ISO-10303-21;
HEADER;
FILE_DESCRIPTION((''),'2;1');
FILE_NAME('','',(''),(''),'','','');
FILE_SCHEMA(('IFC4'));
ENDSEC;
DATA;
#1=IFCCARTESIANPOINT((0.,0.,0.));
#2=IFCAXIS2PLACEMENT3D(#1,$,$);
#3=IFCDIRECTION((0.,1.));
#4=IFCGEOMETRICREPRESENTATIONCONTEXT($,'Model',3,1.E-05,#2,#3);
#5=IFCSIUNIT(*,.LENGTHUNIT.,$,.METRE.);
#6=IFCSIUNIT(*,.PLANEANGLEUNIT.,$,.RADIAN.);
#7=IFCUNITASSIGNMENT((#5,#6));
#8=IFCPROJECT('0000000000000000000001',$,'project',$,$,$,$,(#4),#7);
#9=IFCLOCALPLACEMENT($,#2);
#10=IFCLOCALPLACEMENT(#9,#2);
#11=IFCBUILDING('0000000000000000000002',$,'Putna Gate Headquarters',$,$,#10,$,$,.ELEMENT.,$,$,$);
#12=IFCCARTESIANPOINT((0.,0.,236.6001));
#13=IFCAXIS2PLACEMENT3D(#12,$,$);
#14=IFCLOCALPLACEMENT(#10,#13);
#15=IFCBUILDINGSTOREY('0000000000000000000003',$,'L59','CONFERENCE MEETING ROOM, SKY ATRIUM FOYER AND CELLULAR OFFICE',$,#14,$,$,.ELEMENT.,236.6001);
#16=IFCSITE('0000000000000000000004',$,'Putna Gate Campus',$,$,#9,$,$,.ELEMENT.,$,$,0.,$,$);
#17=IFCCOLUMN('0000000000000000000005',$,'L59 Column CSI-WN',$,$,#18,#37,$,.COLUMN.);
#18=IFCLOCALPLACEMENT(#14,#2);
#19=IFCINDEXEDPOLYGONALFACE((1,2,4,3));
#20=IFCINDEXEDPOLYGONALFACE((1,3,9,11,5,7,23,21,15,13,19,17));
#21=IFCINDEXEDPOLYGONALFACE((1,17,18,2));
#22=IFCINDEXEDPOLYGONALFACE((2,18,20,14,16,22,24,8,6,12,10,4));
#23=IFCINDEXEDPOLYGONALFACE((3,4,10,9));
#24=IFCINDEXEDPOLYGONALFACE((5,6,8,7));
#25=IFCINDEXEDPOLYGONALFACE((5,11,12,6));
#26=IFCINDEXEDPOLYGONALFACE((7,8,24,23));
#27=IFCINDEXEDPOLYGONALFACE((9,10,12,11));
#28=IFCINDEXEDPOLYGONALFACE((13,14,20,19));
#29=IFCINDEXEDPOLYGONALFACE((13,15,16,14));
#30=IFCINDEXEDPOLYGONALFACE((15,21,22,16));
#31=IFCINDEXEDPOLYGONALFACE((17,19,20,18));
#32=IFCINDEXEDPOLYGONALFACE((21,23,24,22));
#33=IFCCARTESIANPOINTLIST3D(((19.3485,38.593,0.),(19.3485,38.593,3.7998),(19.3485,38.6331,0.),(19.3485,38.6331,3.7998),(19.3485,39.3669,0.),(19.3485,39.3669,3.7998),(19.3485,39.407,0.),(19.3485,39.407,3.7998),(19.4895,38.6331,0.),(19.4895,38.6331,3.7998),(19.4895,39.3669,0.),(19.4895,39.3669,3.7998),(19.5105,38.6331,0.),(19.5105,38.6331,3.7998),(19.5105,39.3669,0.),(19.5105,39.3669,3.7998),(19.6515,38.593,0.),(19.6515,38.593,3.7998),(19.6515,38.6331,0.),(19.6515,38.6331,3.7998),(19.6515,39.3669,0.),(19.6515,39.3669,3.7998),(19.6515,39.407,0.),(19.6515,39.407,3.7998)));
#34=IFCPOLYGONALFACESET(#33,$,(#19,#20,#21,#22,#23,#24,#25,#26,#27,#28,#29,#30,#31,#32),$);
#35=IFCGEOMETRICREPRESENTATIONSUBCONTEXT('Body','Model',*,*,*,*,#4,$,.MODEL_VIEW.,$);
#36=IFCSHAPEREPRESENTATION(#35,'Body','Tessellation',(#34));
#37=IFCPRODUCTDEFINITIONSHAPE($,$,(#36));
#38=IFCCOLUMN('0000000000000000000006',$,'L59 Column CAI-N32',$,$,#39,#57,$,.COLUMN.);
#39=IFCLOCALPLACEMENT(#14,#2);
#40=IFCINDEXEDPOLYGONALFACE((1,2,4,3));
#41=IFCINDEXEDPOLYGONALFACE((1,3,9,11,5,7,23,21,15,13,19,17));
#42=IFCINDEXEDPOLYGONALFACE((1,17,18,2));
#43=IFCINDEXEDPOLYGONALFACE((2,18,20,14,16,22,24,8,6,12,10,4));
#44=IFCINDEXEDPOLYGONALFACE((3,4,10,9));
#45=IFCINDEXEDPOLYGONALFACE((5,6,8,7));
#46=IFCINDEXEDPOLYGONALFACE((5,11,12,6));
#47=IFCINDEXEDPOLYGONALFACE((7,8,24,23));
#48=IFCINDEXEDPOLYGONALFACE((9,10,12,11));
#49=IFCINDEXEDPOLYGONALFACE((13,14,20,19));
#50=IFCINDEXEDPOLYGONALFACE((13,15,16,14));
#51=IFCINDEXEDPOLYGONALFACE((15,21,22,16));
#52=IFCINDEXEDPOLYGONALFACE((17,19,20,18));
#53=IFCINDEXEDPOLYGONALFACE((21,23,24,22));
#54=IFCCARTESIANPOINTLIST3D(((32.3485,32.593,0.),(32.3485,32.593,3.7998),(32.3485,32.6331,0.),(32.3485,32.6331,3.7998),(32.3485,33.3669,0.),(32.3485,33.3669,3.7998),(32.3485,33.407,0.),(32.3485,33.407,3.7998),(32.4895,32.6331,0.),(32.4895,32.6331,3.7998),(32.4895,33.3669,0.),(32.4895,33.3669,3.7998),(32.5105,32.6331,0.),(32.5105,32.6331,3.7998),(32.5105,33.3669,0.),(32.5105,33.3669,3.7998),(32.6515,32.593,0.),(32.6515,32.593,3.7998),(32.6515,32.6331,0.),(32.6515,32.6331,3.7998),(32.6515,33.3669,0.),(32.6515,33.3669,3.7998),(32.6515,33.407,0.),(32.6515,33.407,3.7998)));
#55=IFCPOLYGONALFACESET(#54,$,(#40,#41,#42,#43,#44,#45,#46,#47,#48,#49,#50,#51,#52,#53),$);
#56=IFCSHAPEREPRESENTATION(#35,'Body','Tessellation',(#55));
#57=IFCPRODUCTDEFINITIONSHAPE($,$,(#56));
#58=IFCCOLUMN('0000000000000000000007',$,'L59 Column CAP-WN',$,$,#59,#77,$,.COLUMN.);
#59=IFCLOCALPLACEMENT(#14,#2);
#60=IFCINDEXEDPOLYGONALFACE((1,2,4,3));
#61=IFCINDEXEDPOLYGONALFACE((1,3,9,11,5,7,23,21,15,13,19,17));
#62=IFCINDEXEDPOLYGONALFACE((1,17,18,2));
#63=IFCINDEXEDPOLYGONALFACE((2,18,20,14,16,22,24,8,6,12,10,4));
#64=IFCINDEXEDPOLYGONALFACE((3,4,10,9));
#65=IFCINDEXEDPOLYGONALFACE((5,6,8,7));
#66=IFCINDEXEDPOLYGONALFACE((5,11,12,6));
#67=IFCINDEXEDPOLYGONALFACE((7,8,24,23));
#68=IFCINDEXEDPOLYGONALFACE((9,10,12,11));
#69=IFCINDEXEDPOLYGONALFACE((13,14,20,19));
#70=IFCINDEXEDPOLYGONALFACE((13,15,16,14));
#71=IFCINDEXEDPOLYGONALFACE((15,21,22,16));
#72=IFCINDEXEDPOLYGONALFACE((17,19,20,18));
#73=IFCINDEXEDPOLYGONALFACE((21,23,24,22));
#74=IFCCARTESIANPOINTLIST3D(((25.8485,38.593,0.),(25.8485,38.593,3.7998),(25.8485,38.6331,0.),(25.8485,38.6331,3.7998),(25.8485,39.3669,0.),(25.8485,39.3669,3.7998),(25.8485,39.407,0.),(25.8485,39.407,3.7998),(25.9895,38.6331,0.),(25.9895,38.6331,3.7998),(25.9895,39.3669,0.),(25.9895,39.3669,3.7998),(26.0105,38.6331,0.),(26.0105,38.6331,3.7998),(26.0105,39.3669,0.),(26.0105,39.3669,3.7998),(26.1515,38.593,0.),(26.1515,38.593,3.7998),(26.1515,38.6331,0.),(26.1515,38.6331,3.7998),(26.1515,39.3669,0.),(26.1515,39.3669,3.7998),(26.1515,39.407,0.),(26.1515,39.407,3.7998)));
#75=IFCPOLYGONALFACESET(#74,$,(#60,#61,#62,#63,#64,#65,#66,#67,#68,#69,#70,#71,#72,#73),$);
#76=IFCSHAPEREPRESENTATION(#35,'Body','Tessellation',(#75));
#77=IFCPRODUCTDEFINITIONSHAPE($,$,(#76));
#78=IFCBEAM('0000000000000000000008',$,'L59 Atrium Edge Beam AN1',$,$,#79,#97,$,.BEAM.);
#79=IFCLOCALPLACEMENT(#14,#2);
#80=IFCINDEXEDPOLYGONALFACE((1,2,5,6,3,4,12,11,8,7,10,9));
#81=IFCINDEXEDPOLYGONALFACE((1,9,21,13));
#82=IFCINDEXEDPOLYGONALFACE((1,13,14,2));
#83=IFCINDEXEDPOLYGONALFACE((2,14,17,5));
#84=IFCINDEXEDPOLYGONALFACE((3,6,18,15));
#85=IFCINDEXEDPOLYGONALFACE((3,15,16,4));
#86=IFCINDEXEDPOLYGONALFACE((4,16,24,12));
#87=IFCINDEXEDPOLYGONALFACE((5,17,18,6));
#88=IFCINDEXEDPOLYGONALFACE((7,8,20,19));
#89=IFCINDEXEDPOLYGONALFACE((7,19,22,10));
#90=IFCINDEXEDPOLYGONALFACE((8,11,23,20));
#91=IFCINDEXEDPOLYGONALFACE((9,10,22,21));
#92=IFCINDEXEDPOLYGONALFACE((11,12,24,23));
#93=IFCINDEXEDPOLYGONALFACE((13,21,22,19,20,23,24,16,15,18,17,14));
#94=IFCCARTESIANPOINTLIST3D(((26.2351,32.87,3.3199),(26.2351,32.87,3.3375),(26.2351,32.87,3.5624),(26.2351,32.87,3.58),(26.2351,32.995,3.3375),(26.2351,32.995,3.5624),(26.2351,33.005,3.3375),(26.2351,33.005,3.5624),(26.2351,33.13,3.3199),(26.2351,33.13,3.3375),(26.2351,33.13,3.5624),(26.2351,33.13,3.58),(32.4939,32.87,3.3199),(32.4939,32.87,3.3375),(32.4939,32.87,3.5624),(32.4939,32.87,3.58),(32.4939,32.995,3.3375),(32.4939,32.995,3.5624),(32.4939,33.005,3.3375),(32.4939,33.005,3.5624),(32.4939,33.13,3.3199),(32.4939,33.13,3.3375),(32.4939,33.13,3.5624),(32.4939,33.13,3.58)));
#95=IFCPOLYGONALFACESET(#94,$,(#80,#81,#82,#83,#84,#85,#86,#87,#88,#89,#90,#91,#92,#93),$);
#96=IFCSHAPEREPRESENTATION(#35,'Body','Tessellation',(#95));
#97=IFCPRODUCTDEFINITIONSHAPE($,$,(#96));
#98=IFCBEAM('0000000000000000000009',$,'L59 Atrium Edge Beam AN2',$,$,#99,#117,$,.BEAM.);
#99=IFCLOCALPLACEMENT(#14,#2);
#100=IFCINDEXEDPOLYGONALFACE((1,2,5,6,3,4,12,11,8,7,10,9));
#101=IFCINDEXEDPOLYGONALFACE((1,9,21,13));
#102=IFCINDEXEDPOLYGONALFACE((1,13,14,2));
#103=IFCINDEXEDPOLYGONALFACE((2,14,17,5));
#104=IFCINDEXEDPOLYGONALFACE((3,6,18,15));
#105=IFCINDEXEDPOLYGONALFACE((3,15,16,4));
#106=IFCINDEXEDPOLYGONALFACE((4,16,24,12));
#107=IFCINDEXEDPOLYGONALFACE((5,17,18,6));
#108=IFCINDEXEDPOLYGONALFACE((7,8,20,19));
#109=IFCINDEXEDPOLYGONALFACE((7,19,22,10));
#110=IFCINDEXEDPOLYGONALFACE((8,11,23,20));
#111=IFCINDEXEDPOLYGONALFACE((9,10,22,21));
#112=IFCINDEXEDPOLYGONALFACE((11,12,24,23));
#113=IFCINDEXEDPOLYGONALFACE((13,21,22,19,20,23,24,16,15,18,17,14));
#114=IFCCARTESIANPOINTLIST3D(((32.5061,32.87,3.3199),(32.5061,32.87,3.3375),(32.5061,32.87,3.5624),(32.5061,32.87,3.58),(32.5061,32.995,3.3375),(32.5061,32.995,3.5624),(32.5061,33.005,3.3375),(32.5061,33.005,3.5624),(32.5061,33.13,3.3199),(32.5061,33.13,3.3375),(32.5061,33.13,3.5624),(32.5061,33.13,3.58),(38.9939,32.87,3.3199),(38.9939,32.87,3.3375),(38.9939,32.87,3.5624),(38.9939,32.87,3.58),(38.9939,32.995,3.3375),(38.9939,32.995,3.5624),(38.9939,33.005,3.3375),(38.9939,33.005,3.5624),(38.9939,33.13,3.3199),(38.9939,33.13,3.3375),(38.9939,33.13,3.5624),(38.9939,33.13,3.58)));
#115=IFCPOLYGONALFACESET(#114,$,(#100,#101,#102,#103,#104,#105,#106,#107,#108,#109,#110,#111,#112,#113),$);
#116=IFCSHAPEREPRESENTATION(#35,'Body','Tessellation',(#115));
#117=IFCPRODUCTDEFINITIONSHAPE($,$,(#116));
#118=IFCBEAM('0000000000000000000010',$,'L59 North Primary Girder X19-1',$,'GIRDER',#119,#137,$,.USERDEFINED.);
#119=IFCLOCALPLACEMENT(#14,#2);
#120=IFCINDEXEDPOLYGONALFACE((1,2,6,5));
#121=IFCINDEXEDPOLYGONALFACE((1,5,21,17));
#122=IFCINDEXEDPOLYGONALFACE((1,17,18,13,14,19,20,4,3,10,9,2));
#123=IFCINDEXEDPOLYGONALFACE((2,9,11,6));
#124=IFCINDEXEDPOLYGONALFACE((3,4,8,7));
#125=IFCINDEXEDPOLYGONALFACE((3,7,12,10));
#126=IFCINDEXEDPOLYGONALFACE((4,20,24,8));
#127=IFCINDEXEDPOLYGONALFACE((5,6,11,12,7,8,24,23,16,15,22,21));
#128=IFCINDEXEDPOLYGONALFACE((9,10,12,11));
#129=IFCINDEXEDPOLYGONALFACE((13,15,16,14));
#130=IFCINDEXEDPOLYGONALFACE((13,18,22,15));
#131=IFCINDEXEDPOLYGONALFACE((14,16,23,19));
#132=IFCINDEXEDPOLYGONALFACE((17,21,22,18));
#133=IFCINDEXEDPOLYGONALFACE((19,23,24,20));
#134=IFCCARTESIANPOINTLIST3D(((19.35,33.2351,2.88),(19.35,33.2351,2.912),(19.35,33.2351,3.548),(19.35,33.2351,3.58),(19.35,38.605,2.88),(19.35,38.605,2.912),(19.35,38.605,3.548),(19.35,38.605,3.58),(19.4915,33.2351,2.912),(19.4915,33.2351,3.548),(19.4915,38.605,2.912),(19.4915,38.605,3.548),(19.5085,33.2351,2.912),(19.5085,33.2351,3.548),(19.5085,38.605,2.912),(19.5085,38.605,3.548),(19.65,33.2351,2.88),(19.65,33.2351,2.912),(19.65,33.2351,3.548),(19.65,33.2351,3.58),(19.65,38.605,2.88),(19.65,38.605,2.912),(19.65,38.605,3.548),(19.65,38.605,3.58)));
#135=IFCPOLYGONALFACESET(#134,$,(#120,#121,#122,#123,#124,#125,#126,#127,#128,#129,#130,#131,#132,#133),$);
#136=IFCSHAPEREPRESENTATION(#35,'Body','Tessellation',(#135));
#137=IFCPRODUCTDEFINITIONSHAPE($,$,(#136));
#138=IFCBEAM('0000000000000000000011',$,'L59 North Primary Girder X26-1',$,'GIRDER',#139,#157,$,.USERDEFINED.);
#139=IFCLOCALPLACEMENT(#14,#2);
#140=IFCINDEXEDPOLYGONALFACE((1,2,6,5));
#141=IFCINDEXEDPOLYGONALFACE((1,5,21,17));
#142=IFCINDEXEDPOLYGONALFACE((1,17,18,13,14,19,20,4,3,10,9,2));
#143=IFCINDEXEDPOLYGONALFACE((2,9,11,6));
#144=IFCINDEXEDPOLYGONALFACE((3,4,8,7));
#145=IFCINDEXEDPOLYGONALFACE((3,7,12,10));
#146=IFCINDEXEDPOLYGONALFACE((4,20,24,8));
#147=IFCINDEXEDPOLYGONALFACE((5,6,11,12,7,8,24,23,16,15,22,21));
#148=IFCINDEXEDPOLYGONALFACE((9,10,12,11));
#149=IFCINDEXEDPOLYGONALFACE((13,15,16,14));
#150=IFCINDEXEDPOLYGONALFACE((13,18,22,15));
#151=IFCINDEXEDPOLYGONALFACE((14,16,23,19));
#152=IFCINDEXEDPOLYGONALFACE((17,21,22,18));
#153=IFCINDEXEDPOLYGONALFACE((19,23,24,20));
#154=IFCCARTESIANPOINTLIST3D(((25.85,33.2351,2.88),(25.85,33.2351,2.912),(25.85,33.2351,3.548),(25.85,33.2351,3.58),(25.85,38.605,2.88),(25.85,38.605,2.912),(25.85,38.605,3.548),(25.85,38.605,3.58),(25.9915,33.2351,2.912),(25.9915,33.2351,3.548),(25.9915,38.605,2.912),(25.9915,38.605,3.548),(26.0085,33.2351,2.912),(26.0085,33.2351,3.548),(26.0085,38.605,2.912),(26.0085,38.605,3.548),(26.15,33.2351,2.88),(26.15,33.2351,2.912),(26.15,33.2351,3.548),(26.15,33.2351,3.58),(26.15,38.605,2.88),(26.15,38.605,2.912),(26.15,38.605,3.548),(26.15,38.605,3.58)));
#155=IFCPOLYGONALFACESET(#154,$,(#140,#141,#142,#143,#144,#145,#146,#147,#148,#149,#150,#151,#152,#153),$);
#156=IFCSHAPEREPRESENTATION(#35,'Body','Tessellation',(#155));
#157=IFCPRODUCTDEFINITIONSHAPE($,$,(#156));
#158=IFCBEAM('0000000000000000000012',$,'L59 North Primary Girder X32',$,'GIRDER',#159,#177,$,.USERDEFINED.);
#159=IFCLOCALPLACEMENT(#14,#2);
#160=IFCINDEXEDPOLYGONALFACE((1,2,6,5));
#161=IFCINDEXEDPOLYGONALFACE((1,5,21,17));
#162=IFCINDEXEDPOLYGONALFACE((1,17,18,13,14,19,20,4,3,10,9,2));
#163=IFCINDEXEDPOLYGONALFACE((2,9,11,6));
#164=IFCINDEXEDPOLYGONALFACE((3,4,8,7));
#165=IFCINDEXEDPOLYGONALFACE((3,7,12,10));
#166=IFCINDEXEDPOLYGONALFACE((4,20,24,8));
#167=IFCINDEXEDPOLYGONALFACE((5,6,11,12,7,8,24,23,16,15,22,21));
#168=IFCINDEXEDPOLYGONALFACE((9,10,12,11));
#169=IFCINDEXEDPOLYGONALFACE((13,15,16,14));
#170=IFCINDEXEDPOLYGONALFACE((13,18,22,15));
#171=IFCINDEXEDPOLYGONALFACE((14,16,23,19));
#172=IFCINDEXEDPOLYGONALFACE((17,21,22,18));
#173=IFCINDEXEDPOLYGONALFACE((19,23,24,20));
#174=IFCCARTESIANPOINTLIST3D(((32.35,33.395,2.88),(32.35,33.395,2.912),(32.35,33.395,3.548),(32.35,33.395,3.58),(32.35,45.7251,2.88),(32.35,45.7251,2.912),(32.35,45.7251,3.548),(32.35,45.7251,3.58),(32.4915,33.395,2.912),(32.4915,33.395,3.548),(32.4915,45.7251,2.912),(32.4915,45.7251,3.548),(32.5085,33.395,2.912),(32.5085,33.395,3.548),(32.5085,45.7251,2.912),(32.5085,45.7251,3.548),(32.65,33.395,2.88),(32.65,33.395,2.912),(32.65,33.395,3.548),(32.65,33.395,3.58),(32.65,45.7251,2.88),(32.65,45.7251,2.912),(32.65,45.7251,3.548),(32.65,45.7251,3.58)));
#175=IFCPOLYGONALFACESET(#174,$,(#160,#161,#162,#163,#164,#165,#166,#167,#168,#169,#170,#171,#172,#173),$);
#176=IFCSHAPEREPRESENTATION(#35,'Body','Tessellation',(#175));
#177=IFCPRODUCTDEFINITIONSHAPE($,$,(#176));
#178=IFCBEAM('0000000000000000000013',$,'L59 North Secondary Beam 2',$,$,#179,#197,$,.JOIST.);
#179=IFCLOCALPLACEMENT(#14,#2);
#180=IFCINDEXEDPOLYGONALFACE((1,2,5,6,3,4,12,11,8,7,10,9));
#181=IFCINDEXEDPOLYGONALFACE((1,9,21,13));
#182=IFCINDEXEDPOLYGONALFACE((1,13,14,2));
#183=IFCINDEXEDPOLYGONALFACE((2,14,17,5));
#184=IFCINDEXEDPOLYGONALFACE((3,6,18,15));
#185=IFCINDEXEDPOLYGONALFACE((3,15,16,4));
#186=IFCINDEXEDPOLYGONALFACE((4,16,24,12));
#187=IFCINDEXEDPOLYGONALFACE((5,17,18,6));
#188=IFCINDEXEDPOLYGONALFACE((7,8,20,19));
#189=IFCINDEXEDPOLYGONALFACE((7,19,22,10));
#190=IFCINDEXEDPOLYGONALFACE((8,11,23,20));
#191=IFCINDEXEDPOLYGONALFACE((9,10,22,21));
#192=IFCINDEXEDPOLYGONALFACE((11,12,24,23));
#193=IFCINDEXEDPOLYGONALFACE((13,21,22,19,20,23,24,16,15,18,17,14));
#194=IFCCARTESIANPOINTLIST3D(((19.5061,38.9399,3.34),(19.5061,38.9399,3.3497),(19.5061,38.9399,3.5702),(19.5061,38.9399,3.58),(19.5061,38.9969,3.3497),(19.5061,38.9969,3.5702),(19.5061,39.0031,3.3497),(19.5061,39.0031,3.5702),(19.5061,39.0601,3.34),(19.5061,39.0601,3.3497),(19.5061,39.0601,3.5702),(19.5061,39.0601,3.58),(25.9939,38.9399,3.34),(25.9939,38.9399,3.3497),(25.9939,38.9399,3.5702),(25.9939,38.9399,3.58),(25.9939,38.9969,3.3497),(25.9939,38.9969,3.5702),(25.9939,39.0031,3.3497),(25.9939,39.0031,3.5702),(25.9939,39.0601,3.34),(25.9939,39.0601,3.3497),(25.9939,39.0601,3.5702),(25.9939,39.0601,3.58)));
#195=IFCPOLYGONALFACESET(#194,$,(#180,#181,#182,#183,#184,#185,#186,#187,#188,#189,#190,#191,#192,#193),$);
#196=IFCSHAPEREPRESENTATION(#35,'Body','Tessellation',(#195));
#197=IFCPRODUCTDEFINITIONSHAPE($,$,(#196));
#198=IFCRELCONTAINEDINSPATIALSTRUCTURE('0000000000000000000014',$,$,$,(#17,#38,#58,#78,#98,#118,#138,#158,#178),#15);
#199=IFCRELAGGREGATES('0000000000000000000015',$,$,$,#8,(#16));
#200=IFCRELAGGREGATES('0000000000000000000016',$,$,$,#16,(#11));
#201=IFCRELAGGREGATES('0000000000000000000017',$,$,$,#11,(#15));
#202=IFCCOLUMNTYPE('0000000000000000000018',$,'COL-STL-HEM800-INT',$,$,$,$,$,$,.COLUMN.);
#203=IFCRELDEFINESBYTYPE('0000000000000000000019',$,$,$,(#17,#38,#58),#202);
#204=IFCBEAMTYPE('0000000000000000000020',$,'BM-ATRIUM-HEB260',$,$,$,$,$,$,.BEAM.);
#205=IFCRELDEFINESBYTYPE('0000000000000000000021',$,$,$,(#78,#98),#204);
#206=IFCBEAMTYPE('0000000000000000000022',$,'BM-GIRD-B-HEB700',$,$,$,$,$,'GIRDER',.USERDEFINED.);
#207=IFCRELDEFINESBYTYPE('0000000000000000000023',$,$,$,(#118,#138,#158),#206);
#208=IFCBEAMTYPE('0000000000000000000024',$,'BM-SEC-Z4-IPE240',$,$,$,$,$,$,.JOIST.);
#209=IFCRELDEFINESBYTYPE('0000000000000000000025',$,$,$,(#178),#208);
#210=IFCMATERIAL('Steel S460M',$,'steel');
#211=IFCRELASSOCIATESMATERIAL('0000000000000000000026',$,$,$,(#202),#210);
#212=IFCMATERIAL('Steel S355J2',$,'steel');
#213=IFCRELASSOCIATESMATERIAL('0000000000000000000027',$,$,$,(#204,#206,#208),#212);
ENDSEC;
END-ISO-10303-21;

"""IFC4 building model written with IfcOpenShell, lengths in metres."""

from ifc_helpers import new_model, si_unit, direction, frame, origin, origin_2d, place, context, subcontext, project, spatial, i_section, extrude, material, material_profile, profile_set, type_object, element, save


model = new_model("IFC4")

# Units and contexts
model_context = context("Model", 3, precision=1e-05, world=origin(), true_north=direction((0.0, 1.0)))
body_context = subcontext(model_context, "Body", "Model", "MODEL_VIEW")
ifc_project = project(units=[si_unit("LENGTHUNIT", "METRE"), si_unit("PLANEANGLEUNIT", "RADIAN")], contexts=[model_context])

# Site, building, storey
site_placement = place(None, origin())
site = spatial("IfcSite", under=ifc_project, at=site_placement, Name="Putna Gate Campus", CompositionType="ELEMENT", RefElevation=0.0)
building_placement = place(site_placement, origin())
building = spatial("IfcBuilding", under=site, at=building_placement, Name="Putna Gate Headquarters", CompositionType="ELEMENT")
storey_placement = place(building_placement, frame((0.0, 0.0, 236.6001)))
storey = spatial("IfcBuildingStorey", under=building, at=storey_placement, Name="L59", Description="CONFERENCE MEETING ROOM, SKY ATRIUM FOYER AND CELLULAR OFFICE", CompositionType="ELEMENT", Elevation=236.6001)

# Columns
ifc_material_1 = material(Name="Steel S460M", Category="steel")
ifc_material_profile_1 = material_profile(ifc_material_1, i_section(OverallWidth=0.303, OverallDepth=0.814, WebThickness=0.021, FlangeThickness=0.04, at=origin_2d()), Name="Steel S460M")
ifc_profile_set_1 = profile_set([ifc_material_profile_1], Name="Steel S460M")
column_type = type_object("IfcColumnType", Name="COL-STL-HEM800-INT", PredefinedType="COLUMN", material=ifc_profile_set_1)
for number, where, z_axis, x_axis, name in (
    (1, (19.5, 39.0, 0.0), (0.0, 0.0, 1.0), (1.0, 0.0, 0.0), "L59 Column CSI-WN"),
    (2, (32.5, 33.0, 0.0), (0.0, 0.0, 1.0), (1.0, 0.0, 0.0), "L59 Column CAI-N32"),
    (3, (26.0, 39.0, 0.0), (0.0, 0.0, 1.0), (1.0, 0.0, 0.0), "L59 Column CAP-WN"),
):
    element("IfcColumn", number, at=place(storey_placement, frame(where, z_axis=z_axis, x_axis=x_axis)), inside=storey, type_object=column_type, Name=name, PredefinedType="COLUMN", context=body_context, shape_type="SweptSolid", body=[
        extrude(i_section(OverallWidth=0.303, OverallDepth=0.814, WebThickness=0.021, FlangeThickness=0.04, at=origin_2d()), origin(), (0.0, 0.0, 1.0), 3.7998),
    ])

# Beams
ifc_material_2 = material(Name="Steel S355J2", Category="steel")
ifc_material_profile_2 = material_profile(ifc_material_2, i_section(OverallWidth=0.26, OverallDepth=0.26, WebThickness=0.01, FlangeThickness=0.0176, at=origin_2d()), Name="Steel S355J2")
ifc_profile_set_2 = profile_set([ifc_material_profile_2], Name="Steel S355J2")
beam_type_1 = type_object("IfcBeamType", Name="BM-ATRIUM-HEB260", PredefinedType="BEAM", material=ifc_profile_set_2)
beam_1_placement = place(storey_placement, frame((26.2351, 33.0, 3.45), z_axis=(1.0, 0.0, 0.0), x_axis=(0.0, 1.0, 0.0)))
element("IfcBeam", 4, at=beam_1_placement, inside=storey, type_object=beam_type_1, Name="L59 Atrium Edge Beam AN1", PredefinedType="BEAM", context=body_context, shape_type="SweptSolid", body=[
    extrude(i_section(OverallWidth=0.26, OverallDepth=0.26, WebThickness=0.01, FlangeThickness=0.0176, at=origin_2d()), origin(), (0.0, 0.0, 1.0), 6.2588),
])
beam_2_placement = place(storey_placement, frame((32.5061, 33.0, 3.45), z_axis=(1.0, 0.0, 0.0), x_axis=(0.0, 1.0, 0.0)))
element("IfcBeam", 5, at=beam_2_placement, inside=storey, type_object=beam_type_1, Name="L59 Atrium Edge Beam AN2", PredefinedType="BEAM", context=body_context, shape_type="SweptSolid", body=[
    extrude(i_section(OverallWidth=0.26, OverallDepth=0.26, WebThickness=0.01, FlangeThickness=0.0176, at=origin_2d()), origin(), (0.0, 0.0, 1.0), 6.4878),
])
ifc_material_profile_3 = material_profile(ifc_material_2, i_section(OverallWidth=0.3, OverallDepth=0.7, WebThickness=0.0171, FlangeThickness=0.032, at=origin_2d()), Name="Steel S355J2")
ifc_profile_set_3 = profile_set([ifc_material_profile_3], Name="Steel S355J2")
beam_type_2 = type_object("IfcBeamType", Name="BM-GIRD-B-HEB700", ElementType="GIRDER", PredefinedType="USERDEFINED", material=ifc_profile_set_3)
for number, where, z_axis, x_axis, name in (
    (6, (19.5, 33.2351, 3.23), (0.0, 1.0, 0.0), (-1.0, 0.0, 0.0), "L59 North Primary Girder X19-1"),
    (7, (26.0, 33.2351, 3.23), (0.0, 1.0, 0.0), (-1.0, 0.0, 0.0), "L59 North Primary Girder X26-1"),
):
    element("IfcBeam", number, at=place(storey_placement, frame(where, z_axis=z_axis, x_axis=x_axis)), inside=storey, type_object=beam_type_2, Name=name, ObjectType="GIRDER", PredefinedType="USERDEFINED", context=body_context, shape_type="SweptSolid", body=[
        extrude(i_section(OverallWidth=0.3, OverallDepth=0.7, WebThickness=0.0171, FlangeThickness=0.032, at=origin_2d()), origin(), (0.0, 0.0, 1.0), 5.3699),
    ])
beam_3_placement = place(storey_placement, frame((32.5, 33.395, 3.23), z_axis=(0.0, 1.0, 0.0), x_axis=(-1.0, 0.0, 0.0)))
element("IfcBeam", 8, at=beam_3_placement, inside=storey, type_object=beam_type_2, Name="L59 North Primary Girder X32", ObjectType="GIRDER", PredefinedType="USERDEFINED", context=body_context, shape_type="SweptSolid", body=[
    extrude(i_section(OverallWidth=0.3, OverallDepth=0.7, WebThickness=0.0171, FlangeThickness=0.032, at=origin_2d()), origin(), (0.0, 0.0, 1.0), 12.3301),
])
ifc_material_profile_4 = material_profile(ifc_material_2, i_section(OverallWidth=0.1201, OverallDepth=0.24, WebThickness=0.0061, FlangeThickness=0.0098, at=origin_2d()), Name="Steel S355J2")
ifc_profile_set_4 = profile_set([ifc_material_profile_4], Name="Steel S355J2")
beam_type_3 = type_object("IfcBeamType", Name="BM-SEC-Z4-IPE240", PredefinedType="JOIST", material=ifc_profile_set_4)
beam_4_placement = place(storey_placement, frame((19.5061, 39.0, 3.46), z_axis=(1.0, 0.0, 0.0), x_axis=(0.0, 1.0, 0.0)))
element("IfcBeam", 9, at=beam_4_placement, inside=storey, type_object=beam_type_3, Name="L59 North Secondary Beam 2", PredefinedType="JOIST", context=body_context, shape_type="SweptSolid", body=[
    extrude(i_section(OverallWidth=0.1201, OverallDepth=0.24, WebThickness=0.0061, FlangeThickness=0.0098, at=origin_2d()), origin(), (0.0, 0.0, 1.0), 6.4878),
])

save(model, "model.ifc")
